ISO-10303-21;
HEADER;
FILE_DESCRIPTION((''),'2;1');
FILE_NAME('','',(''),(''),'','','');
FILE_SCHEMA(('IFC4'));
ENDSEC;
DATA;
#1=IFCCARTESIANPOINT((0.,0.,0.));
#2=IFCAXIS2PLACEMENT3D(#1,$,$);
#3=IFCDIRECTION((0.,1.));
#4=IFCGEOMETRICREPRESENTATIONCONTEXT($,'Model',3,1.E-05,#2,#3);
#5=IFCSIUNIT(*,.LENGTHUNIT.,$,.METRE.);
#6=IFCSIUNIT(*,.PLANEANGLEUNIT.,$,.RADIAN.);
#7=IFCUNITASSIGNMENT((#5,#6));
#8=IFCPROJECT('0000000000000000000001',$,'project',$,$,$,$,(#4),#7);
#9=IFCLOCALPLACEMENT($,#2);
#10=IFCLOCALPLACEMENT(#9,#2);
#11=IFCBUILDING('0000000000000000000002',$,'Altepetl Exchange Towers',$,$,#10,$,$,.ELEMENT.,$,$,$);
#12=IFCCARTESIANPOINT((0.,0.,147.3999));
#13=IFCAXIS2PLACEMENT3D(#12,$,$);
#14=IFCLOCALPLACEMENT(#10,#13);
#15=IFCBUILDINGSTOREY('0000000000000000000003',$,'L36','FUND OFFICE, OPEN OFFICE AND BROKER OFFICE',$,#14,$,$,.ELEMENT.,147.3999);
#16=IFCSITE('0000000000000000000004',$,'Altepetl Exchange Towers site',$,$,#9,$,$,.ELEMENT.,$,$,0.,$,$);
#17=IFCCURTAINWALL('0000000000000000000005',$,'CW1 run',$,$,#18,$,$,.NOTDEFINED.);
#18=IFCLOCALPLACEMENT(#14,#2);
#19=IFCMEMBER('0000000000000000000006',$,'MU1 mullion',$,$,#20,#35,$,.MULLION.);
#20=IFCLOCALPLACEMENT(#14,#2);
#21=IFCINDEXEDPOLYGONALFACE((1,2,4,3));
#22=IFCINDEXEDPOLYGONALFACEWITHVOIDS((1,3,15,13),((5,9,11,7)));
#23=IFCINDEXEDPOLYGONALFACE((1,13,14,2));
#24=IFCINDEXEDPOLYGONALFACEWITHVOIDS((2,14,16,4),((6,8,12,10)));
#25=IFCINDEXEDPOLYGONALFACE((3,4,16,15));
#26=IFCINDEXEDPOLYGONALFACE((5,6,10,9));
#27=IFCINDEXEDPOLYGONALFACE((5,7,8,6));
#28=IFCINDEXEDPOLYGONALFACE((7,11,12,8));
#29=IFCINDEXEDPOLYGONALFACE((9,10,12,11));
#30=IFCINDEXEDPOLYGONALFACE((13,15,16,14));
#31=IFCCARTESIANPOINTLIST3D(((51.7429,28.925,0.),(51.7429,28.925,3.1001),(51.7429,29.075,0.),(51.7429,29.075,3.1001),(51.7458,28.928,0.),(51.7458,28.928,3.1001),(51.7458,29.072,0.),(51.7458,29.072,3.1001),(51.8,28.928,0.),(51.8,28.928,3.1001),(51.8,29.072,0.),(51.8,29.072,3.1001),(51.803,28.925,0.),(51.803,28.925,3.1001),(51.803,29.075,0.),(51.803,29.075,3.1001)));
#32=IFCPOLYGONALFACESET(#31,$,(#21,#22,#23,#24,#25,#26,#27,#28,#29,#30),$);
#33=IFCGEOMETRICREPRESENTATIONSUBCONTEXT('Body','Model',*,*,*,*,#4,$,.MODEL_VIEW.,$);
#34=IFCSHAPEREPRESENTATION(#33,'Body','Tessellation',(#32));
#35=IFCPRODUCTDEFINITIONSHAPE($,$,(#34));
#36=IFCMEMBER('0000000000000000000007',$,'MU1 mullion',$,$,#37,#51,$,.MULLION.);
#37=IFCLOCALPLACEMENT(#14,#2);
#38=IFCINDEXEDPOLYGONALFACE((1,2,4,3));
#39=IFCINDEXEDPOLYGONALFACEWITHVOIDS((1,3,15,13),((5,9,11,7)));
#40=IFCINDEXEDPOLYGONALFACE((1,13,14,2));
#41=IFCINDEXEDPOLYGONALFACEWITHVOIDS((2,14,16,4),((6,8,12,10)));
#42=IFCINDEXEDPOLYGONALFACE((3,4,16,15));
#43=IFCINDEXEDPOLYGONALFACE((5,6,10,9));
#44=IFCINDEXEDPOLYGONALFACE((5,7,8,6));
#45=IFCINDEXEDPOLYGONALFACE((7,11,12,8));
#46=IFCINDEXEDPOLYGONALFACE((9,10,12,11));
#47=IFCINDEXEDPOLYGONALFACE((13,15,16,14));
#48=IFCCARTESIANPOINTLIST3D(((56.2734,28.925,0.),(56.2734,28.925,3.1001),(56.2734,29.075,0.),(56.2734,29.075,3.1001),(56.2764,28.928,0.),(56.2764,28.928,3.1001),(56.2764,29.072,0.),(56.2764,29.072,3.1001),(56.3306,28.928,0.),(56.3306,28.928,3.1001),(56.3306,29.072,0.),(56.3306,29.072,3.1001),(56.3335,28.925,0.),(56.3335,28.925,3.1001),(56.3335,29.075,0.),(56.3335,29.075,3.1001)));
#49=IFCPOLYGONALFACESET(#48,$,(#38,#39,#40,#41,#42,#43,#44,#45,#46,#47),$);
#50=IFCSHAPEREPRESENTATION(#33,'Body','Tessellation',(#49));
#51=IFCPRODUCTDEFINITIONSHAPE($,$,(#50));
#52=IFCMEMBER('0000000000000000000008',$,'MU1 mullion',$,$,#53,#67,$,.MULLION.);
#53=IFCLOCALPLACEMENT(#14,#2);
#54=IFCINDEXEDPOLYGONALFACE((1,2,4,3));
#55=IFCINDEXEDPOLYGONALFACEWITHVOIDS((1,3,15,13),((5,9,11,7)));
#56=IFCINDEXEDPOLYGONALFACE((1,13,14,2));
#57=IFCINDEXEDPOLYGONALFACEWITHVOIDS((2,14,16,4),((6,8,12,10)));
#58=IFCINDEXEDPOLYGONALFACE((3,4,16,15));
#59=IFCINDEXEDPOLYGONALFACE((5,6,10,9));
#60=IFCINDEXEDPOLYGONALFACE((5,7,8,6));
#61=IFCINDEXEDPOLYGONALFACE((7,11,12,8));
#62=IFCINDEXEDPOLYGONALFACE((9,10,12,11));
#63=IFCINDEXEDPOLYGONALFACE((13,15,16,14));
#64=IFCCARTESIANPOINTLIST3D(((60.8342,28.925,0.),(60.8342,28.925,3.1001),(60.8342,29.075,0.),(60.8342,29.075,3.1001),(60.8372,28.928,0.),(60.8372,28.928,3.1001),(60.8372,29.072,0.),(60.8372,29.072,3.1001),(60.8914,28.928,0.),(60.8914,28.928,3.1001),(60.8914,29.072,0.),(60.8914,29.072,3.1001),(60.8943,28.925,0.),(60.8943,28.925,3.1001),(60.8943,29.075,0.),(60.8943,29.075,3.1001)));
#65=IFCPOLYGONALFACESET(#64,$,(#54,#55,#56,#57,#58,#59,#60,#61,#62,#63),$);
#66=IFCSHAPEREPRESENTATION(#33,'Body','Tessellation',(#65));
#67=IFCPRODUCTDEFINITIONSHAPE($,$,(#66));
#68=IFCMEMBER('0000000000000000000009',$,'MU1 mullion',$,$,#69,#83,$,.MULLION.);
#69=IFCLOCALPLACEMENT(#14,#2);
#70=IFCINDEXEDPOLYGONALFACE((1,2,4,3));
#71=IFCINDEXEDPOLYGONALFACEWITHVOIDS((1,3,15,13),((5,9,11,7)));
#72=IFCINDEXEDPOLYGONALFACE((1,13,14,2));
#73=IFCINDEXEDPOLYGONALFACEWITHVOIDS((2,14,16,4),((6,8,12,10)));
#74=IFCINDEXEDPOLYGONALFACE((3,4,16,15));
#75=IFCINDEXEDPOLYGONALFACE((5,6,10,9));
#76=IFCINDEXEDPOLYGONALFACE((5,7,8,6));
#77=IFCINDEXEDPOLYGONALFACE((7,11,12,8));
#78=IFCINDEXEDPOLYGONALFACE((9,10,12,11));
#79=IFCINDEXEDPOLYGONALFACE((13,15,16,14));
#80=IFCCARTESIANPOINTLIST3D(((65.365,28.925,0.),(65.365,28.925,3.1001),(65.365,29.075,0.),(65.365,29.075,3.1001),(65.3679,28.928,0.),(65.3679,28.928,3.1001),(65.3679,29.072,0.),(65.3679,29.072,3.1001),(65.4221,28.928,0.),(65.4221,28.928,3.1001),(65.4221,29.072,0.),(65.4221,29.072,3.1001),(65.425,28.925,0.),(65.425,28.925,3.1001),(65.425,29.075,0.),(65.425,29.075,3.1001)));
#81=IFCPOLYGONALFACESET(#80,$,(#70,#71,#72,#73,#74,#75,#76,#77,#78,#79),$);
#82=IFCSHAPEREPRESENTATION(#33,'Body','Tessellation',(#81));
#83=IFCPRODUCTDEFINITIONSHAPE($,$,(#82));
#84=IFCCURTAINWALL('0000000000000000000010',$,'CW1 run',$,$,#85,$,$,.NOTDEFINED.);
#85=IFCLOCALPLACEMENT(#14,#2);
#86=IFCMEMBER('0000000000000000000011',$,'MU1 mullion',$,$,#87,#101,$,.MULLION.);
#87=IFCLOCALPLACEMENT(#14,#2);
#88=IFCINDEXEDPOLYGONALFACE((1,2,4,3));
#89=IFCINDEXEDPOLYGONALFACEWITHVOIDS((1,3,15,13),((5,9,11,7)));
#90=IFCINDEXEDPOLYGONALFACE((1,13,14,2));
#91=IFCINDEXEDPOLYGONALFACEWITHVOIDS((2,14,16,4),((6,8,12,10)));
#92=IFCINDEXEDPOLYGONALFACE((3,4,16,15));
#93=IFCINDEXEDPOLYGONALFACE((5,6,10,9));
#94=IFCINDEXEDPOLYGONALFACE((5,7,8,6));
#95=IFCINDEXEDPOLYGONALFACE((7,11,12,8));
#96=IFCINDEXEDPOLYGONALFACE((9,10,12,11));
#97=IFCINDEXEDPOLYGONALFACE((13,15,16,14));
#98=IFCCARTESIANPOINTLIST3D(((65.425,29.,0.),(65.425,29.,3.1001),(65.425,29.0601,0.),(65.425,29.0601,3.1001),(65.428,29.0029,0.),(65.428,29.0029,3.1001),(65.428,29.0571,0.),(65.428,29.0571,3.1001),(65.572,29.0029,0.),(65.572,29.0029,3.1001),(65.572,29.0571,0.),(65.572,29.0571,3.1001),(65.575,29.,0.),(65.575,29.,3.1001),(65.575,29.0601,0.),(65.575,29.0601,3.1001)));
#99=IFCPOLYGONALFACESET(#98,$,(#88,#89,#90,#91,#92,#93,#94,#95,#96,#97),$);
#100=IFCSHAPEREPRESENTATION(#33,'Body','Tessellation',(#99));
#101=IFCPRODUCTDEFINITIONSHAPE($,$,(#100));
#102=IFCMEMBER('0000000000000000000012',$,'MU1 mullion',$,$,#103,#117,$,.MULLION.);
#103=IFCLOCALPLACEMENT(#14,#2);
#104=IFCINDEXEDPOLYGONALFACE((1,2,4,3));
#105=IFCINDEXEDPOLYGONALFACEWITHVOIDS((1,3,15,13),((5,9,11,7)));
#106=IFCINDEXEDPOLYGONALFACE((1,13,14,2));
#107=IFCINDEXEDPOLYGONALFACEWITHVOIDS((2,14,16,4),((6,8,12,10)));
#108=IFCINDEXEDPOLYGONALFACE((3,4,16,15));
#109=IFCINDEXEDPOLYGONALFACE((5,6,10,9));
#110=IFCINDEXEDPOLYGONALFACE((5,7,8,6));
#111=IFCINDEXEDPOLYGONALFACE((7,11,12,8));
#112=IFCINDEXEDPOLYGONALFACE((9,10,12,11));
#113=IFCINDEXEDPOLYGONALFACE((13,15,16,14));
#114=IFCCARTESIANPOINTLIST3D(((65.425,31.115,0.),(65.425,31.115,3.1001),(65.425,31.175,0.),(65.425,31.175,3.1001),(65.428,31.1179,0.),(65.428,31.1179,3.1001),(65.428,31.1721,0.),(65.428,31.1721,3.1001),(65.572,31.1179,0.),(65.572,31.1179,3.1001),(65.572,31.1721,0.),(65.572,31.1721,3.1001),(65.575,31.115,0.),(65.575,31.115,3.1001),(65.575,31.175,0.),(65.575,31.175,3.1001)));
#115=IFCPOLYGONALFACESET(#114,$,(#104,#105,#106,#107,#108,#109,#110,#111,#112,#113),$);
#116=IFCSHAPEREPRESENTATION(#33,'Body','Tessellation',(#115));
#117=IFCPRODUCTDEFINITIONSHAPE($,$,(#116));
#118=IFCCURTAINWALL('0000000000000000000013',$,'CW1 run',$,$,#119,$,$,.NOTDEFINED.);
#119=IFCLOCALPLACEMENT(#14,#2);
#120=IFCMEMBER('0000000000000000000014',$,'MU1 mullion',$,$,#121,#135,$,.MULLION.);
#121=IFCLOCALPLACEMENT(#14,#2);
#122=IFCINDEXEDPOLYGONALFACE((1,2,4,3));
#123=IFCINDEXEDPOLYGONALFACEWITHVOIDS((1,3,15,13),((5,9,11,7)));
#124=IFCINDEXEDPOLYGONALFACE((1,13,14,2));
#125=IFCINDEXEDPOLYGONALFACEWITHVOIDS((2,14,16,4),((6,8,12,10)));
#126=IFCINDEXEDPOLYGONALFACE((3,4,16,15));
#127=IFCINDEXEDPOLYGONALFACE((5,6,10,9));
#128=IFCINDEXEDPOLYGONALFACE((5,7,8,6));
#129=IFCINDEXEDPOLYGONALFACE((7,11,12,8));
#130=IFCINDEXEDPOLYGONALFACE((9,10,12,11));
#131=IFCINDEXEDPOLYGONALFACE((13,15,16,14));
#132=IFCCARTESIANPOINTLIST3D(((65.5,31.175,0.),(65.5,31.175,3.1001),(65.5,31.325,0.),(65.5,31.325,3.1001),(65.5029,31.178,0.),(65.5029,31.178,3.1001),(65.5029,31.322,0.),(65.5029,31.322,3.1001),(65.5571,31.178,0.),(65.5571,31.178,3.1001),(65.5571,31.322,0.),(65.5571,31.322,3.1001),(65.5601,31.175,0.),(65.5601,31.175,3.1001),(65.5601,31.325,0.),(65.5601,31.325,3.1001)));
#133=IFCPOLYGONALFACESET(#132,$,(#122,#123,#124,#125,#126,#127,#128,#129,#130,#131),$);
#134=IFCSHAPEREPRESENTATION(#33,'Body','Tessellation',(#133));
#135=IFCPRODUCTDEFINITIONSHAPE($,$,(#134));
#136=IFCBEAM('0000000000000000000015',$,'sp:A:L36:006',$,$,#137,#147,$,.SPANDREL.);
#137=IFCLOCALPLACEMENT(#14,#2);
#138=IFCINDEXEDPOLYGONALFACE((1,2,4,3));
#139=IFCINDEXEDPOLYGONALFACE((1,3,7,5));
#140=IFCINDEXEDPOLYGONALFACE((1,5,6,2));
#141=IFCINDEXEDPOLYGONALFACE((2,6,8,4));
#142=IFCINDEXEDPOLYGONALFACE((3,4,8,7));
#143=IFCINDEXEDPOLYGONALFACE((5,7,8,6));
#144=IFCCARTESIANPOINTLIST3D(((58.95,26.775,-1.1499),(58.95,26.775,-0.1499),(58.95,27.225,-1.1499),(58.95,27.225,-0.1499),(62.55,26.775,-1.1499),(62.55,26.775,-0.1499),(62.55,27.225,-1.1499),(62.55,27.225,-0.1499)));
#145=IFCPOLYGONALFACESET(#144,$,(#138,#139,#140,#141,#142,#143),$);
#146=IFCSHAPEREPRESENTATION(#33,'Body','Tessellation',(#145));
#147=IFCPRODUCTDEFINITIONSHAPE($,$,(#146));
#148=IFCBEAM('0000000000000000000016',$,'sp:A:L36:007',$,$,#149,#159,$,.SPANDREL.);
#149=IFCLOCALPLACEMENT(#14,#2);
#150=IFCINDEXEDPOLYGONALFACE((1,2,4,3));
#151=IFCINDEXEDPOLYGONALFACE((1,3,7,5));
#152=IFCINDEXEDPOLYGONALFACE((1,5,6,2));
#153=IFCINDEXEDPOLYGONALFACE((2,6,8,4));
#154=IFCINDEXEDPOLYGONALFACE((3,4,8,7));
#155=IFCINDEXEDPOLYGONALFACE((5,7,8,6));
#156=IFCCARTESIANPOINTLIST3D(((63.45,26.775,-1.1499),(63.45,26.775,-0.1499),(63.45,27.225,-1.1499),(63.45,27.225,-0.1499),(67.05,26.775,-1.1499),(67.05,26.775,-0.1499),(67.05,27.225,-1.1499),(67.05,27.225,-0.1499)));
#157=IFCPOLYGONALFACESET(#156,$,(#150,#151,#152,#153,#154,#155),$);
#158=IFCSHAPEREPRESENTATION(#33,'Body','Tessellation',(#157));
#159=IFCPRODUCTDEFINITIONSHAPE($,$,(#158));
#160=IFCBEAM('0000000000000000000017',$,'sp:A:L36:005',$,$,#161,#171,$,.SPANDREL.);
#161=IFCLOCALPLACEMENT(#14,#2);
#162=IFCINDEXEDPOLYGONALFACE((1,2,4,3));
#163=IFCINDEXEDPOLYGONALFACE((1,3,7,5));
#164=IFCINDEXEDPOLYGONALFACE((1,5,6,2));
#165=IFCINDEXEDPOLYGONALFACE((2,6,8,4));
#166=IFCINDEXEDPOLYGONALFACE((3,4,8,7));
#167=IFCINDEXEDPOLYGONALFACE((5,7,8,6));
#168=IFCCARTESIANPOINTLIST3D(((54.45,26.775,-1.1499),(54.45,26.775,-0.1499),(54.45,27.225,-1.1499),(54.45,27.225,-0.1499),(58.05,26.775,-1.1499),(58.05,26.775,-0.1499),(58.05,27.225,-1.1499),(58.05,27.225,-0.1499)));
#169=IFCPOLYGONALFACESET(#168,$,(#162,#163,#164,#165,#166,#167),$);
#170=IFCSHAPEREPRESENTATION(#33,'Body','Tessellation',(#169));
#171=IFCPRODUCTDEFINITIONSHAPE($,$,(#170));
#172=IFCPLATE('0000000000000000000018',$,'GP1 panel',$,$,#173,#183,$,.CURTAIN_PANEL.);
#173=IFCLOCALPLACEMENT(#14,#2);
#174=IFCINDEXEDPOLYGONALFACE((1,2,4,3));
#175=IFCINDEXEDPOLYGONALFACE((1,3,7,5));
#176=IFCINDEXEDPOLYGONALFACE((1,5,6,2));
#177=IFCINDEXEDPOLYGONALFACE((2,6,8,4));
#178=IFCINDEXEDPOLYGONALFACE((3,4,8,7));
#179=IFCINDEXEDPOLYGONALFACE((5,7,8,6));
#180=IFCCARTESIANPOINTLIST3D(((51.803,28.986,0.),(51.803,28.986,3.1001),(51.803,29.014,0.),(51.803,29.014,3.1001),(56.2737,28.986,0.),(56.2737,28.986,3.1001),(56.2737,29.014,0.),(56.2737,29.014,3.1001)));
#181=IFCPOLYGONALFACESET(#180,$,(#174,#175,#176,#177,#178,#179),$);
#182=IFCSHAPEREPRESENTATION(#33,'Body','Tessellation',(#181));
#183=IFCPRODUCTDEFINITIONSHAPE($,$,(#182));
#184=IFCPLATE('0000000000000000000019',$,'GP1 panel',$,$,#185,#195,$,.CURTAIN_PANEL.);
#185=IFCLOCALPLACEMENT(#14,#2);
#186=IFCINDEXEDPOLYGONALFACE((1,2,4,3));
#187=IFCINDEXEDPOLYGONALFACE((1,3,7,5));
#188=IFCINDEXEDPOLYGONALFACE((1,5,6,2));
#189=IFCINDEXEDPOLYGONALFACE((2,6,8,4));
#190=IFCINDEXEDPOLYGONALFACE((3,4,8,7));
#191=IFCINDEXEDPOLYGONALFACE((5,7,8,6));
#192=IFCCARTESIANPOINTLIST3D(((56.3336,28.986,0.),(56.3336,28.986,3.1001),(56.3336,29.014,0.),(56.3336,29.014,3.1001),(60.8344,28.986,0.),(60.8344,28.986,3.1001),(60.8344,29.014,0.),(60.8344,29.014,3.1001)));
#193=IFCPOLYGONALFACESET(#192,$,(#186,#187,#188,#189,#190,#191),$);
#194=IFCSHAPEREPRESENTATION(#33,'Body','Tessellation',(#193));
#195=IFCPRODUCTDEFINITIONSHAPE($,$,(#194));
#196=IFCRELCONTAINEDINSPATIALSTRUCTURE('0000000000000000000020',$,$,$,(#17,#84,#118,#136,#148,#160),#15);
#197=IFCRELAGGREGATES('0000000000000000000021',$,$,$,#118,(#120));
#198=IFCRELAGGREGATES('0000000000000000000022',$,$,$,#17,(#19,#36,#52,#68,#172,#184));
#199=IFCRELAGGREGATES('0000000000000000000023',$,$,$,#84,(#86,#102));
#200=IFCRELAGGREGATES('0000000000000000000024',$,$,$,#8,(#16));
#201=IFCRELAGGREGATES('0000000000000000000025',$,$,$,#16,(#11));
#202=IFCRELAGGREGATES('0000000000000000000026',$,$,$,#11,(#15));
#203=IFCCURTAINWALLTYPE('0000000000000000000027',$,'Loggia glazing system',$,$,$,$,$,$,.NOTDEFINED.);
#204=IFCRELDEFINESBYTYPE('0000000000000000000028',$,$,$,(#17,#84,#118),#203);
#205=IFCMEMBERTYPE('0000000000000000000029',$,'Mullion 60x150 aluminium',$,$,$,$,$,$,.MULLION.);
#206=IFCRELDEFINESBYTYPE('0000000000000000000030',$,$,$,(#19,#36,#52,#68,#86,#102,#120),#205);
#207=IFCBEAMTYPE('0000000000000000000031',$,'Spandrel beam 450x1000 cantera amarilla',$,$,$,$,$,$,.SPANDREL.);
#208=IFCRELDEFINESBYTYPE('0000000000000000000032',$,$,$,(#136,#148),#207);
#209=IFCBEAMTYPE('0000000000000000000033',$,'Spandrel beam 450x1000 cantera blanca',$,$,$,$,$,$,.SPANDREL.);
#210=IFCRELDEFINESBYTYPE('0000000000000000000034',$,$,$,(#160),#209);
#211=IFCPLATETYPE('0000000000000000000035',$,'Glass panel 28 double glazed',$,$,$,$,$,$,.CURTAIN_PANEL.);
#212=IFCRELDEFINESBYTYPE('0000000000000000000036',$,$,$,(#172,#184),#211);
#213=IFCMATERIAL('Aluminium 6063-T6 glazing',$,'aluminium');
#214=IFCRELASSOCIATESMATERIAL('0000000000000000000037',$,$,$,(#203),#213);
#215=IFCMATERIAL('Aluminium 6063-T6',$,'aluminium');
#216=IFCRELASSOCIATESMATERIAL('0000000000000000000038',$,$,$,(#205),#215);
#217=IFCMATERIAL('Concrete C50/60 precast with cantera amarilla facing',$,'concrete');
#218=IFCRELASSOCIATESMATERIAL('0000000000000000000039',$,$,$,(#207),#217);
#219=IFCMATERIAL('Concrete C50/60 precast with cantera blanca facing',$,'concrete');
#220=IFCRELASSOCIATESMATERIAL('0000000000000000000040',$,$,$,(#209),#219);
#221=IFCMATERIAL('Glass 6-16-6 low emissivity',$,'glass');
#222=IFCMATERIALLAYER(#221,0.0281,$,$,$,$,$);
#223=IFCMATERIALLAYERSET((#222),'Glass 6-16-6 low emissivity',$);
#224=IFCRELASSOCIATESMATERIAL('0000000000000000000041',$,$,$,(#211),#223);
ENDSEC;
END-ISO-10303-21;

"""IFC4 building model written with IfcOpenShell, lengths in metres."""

from ifc_helpers import new_model, si_unit, direction, frame, origin, origin_2d, place, context, subcontext, project, spatial, rectangle, hollow_rectangle, extrude, material, layer, layer_set, material_profile, profile_set, type_object, element, aggregate, save


model = new_model("IFC4")

# Units and contexts
model_context = context("Model", 3, precision=1e-05, world=origin(), true_north=direction((0.0, 1.0)))
body_context = subcontext(model_context, "Body", "Model", "MODEL_VIEW")
ifc_project = project(units=[si_unit("LENGTHUNIT", "METRE"), si_unit("PLANEANGLEUNIT", "RADIAN")], contexts=[model_context])

# Site, building, storey
site_placement = place(None, origin())
site = spatial("IfcSite", under=ifc_project, at=site_placement, Name="Altepetl Exchange Towers site", CompositionType="ELEMENT", RefElevation=0.0)
building_placement = place(site_placement, origin())
building = spatial("IfcBuilding", under=site, at=building_placement, Name="Altepetl Exchange Towers", CompositionType="ELEMENT")
storey_placement = place(building_placement, frame((0.0, 0.0, 147.3999)))
storey = spatial("IfcBuildingStorey", under=building, at=storey_placement, Name="L36", Description="FUND OFFICE, OPEN OFFICE AND BROKER OFFICE", CompositionType="ELEMENT", Elevation=147.3999)

# Curtain walls, members
ifc_material_1 = material(Name="Aluminium 6063-T6 glazing", Category="aluminium")
curtain_wall_type = type_object("IfcCurtainWallType", Name="Loggia glazing system", PredefinedType="NOTDEFINED", material=ifc_material_1)
curtain_wall_1_placement = place(storey_placement, origin())
curtain_wall_1 = element("IfcCurtainWall", 1, at=curtain_wall_1_placement, inside=storey, type_object=curtain_wall_type, Name="CW1 run", PredefinedType="NOTDEFINED")
ifc_material_2 = material(Name="Aluminium 6063-T6", Category="aluminium")
ifc_material_profile_1 = material_profile(ifc_material_2, hollow_rectangle(XDim=0.0601, YDim=0.1499, WallThickness=0.0029, at=origin_2d()), Name="Mullion 60x150 aluminium")
ifc_profile_set_1 = profile_set([ifc_material_profile_1], Name="Aluminium 6063-T6")
member_type = type_object("IfcMemberType", Name="Mullion 60x150 aluminium", PredefinedType="MULLION", material=ifc_profile_set_1)
member_1_placement = place(storey_placement, frame((51.7729, 29.0, 0.0)))
member_1 = element("IfcMember", 2, at=member_1_placement, type_object=member_type, Name="MU1 mullion", PredefinedType="MULLION", context=body_context, shape_type="SweptSolid", body=[
    extrude(hollow_rectangle(XDim=0.0601, YDim=0.1499, WallThickness=0.0029, at=origin_2d()), origin(), (0.0, 0.0, 1.0), 3.1001),
])
member_2_placement = place(storey_placement, frame((56.3035, 29.0, 0.0)))
member_2 = element("IfcMember", 3, at=member_2_placement, type_object=member_type, Name="MU1 mullion", PredefinedType="MULLION", context=body_context, shape_type="SweptSolid", body=[
    extrude(hollow_rectangle(XDim=0.0601, YDim=0.1499, WallThickness=0.0029, at=origin_2d()), origin(), (0.0, 0.0, 1.0), 3.1001),
])
member_3_placement = place(storey_placement, frame((60.8643, 29.0, 0.0)))
member_3 = element("IfcMember", 4, at=member_3_placement, type_object=member_type, Name="MU1 mullion", PredefinedType="MULLION", context=body_context, shape_type="SweptSolid", body=[
    extrude(hollow_rectangle(XDim=0.0601, YDim=0.1499, WallThickness=0.0029, at=origin_2d()), origin(), (0.0, 0.0, 1.0), 3.1001),
])
member_4_placement = place(storey_placement, frame((65.395, 29.0, 0.0)))
member_4 = element("IfcMember", 5, at=member_4_placement, type_object=member_type, Name="MU1 mullion", PredefinedType="MULLION", context=body_context, shape_type="SweptSolid", body=[
    extrude(hollow_rectangle(XDim=0.0601, YDim=0.1499, WallThickness=0.0029, at=origin_2d()), origin(), (0.0, 0.0, 1.0), 3.1001),
])
curtain_wall_2_placement = place(storey_placement, origin())
curtain_wall_2 = element("IfcCurtainWall", 6, at=curtain_wall_2_placement, inside=storey, type_object=curtain_wall_type, Name="CW1 run", PredefinedType="NOTDEFINED")
member_5_placement = place(storey_placement, frame((65.5, 29.03, 0.0), z_axis=(0.0, 0.0, 1.0), x_axis=(0.0, 1.0, 0.0)))
member_5 = element("IfcMember", 7, at=member_5_placement, type_object=member_type, Name="MU1 mullion", PredefinedType="MULLION", context=body_context, shape_type="SweptSolid", body=[
    extrude(hollow_rectangle(XDim=0.0601, YDim=0.1499, WallThickness=0.0029, at=origin_2d()), origin(), (0.0, 0.0, 1.0), 3.1001),
])
member_6_placement = place(storey_placement, frame((65.5, 31.145, 0.0), z_axis=(0.0, 0.0, 1.0), x_axis=(0.0, 1.0, 0.0)))
member_6 = element("IfcMember", 8, at=member_6_placement, type_object=member_type, Name="MU1 mullion", PredefinedType="MULLION", context=body_context, shape_type="SweptSolid", body=[
    extrude(hollow_rectangle(XDim=0.0601, YDim=0.1499, WallThickness=0.0029, at=origin_2d()), origin(), (0.0, 0.0, 1.0), 3.1001),
])

# Curtain wall, member
curtain_wall_3_placement = place(storey_placement, origin())
curtain_wall_3 = element("IfcCurtainWall", 9, at=curtain_wall_3_placement, inside=storey, type_object=curtain_wall_type, Name="CW1 run", PredefinedType="NOTDEFINED")
member_7_placement = place(storey_placement, frame((65.53, 31.25, 0.0)))
member_7 = element("IfcMember", 10, at=member_7_placement, type_object=member_type, Name="MU1 mullion", PredefinedType="MULLION", context=body_context, shape_type="SweptSolid", body=[
    extrude(hollow_rectangle(XDim=0.0601, YDim=0.1499, WallThickness=0.0029, at=origin_2d()), origin(), (0.0, 0.0, 1.0), 3.1001),
])
aggregate(curtain_wall_3, [member_7])

# Beams
ifc_material_3 = material(Name="Concrete C50/60 precast with cantera amarilla facing", Category="concrete")
ifc_material_profile_2 = material_profile(ifc_material_3, rectangle(XDim=0.45, YDim=1.0, at=origin_2d()), Name="450 x 1000")
ifc_profile_set_2 = profile_set([ifc_material_profile_2], Name="Concrete C50/60 precast with cantera amarilla facing")
beam_type_1 = type_object("IfcBeamType", Name="Spandrel beam 450x1000 cantera amarilla", PredefinedType="SPANDREL", material=ifc_profile_set_2)
for number, where, z_axis, x_axis, name in (
    (11, (58.95, 27.0, -0.6499), (1.0, 0.0, 0.0), (0.0, 1.0, 0.0), "sp:A:L36:006"),
    (12, (63.45, 27.0, -0.6499), (1.0, 0.0, 0.0), (0.0, 1.0, 0.0), "sp:A:L36:007"),
):
    element("IfcBeam", number, at=place(storey_placement, frame(where, z_axis=z_axis, x_axis=x_axis)), inside=storey, type_object=beam_type_1, Name=name, PredefinedType="SPANDREL", context=body_context, shape_type="SweptSolid", body=[
        extrude(rectangle(XDim=0.45, YDim=1.0, at=origin_2d()), origin(), (0.0, 0.0, 1.0), 3.6001),
    ])
ifc_material_4 = material(Name="Concrete C50/60 precast with cantera blanca facing", Category="concrete")
ifc_material_profile_3 = material_profile(ifc_material_4, rectangle(XDim=0.45, YDim=1.0, at=origin_2d()), Name="450 x 1000")
ifc_profile_set_3 = profile_set([ifc_material_profile_3], Name="Concrete C50/60 precast with cantera blanca facing")
beam_type_2 = type_object("IfcBeamType", Name="Spandrel beam 450x1000 cantera blanca", PredefinedType="SPANDREL", material=ifc_profile_set_3)
beam_1_placement = place(storey_placement, frame((54.45, 27.0, -0.6499), z_axis=(1.0, 0.0, 0.0), x_axis=(0.0, 1.0, 0.0)))
element("IfcBeam", 13, at=beam_1_placement, inside=storey, type_object=beam_type_2, Name="sp:A:L36:005", PredefinedType="SPANDREL", context=body_context, shape_type="SweptSolid", body=[
    extrude(rectangle(XDim=0.45, YDim=1.0, at=origin_2d()), origin(), (0.0, 0.0, 1.0), 3.6001),
])

# Plates
ifc_material_5 = material(Name="Glass 6-16-6 low emissivity", Category="glass")
ifc_layer_1 = layer(ifc_material_5, 0.0281)
ifc_layer_set_1 = layer_set([ifc_layer_1], Name="Glass 6-16-6 low emissivity")
plate_type = type_object("IfcPlateType", Name="Glass panel 28 double glazed", PredefinedType="CURTAIN_PANEL", material=ifc_layer_set_1)
plate_1_placement = place(storey_placement, frame((54.0383, 29.0, 0.0)))
plate_1 = element("IfcPlate", 14, at=plate_1_placement, type_object=plate_type, Name="GP1 panel", PredefinedType="CURTAIN_PANEL", context=body_context, shape_type="SweptSolid", body=[
    extrude(rectangle(XDim=4.4707, YDim=0.0281, at=origin_2d()), origin(), (0.0, 0.0, 1.0), 3.1001),
])
plate_2_placement = place(storey_placement, frame((58.584, 29.0, 0.0)))
plate_2 = element("IfcPlate", 15, at=plate_2_placement, type_object=plate_type, Name="GP1 panel", PredefinedType="CURTAIN_PANEL", context=body_context, shape_type="SweptSolid", body=[
    extrude(rectangle(XDim=4.5007, YDim=0.0281, at=origin_2d()), origin(), (0.0, 0.0, 1.0), 3.1001),
])
aggregate(curtain_wall_1, [member_1, member_2, member_3, member_4, plate_1, plate_2])
aggregate(curtain_wall_2, [member_5, member_6])

save(model, "model.ifc")
